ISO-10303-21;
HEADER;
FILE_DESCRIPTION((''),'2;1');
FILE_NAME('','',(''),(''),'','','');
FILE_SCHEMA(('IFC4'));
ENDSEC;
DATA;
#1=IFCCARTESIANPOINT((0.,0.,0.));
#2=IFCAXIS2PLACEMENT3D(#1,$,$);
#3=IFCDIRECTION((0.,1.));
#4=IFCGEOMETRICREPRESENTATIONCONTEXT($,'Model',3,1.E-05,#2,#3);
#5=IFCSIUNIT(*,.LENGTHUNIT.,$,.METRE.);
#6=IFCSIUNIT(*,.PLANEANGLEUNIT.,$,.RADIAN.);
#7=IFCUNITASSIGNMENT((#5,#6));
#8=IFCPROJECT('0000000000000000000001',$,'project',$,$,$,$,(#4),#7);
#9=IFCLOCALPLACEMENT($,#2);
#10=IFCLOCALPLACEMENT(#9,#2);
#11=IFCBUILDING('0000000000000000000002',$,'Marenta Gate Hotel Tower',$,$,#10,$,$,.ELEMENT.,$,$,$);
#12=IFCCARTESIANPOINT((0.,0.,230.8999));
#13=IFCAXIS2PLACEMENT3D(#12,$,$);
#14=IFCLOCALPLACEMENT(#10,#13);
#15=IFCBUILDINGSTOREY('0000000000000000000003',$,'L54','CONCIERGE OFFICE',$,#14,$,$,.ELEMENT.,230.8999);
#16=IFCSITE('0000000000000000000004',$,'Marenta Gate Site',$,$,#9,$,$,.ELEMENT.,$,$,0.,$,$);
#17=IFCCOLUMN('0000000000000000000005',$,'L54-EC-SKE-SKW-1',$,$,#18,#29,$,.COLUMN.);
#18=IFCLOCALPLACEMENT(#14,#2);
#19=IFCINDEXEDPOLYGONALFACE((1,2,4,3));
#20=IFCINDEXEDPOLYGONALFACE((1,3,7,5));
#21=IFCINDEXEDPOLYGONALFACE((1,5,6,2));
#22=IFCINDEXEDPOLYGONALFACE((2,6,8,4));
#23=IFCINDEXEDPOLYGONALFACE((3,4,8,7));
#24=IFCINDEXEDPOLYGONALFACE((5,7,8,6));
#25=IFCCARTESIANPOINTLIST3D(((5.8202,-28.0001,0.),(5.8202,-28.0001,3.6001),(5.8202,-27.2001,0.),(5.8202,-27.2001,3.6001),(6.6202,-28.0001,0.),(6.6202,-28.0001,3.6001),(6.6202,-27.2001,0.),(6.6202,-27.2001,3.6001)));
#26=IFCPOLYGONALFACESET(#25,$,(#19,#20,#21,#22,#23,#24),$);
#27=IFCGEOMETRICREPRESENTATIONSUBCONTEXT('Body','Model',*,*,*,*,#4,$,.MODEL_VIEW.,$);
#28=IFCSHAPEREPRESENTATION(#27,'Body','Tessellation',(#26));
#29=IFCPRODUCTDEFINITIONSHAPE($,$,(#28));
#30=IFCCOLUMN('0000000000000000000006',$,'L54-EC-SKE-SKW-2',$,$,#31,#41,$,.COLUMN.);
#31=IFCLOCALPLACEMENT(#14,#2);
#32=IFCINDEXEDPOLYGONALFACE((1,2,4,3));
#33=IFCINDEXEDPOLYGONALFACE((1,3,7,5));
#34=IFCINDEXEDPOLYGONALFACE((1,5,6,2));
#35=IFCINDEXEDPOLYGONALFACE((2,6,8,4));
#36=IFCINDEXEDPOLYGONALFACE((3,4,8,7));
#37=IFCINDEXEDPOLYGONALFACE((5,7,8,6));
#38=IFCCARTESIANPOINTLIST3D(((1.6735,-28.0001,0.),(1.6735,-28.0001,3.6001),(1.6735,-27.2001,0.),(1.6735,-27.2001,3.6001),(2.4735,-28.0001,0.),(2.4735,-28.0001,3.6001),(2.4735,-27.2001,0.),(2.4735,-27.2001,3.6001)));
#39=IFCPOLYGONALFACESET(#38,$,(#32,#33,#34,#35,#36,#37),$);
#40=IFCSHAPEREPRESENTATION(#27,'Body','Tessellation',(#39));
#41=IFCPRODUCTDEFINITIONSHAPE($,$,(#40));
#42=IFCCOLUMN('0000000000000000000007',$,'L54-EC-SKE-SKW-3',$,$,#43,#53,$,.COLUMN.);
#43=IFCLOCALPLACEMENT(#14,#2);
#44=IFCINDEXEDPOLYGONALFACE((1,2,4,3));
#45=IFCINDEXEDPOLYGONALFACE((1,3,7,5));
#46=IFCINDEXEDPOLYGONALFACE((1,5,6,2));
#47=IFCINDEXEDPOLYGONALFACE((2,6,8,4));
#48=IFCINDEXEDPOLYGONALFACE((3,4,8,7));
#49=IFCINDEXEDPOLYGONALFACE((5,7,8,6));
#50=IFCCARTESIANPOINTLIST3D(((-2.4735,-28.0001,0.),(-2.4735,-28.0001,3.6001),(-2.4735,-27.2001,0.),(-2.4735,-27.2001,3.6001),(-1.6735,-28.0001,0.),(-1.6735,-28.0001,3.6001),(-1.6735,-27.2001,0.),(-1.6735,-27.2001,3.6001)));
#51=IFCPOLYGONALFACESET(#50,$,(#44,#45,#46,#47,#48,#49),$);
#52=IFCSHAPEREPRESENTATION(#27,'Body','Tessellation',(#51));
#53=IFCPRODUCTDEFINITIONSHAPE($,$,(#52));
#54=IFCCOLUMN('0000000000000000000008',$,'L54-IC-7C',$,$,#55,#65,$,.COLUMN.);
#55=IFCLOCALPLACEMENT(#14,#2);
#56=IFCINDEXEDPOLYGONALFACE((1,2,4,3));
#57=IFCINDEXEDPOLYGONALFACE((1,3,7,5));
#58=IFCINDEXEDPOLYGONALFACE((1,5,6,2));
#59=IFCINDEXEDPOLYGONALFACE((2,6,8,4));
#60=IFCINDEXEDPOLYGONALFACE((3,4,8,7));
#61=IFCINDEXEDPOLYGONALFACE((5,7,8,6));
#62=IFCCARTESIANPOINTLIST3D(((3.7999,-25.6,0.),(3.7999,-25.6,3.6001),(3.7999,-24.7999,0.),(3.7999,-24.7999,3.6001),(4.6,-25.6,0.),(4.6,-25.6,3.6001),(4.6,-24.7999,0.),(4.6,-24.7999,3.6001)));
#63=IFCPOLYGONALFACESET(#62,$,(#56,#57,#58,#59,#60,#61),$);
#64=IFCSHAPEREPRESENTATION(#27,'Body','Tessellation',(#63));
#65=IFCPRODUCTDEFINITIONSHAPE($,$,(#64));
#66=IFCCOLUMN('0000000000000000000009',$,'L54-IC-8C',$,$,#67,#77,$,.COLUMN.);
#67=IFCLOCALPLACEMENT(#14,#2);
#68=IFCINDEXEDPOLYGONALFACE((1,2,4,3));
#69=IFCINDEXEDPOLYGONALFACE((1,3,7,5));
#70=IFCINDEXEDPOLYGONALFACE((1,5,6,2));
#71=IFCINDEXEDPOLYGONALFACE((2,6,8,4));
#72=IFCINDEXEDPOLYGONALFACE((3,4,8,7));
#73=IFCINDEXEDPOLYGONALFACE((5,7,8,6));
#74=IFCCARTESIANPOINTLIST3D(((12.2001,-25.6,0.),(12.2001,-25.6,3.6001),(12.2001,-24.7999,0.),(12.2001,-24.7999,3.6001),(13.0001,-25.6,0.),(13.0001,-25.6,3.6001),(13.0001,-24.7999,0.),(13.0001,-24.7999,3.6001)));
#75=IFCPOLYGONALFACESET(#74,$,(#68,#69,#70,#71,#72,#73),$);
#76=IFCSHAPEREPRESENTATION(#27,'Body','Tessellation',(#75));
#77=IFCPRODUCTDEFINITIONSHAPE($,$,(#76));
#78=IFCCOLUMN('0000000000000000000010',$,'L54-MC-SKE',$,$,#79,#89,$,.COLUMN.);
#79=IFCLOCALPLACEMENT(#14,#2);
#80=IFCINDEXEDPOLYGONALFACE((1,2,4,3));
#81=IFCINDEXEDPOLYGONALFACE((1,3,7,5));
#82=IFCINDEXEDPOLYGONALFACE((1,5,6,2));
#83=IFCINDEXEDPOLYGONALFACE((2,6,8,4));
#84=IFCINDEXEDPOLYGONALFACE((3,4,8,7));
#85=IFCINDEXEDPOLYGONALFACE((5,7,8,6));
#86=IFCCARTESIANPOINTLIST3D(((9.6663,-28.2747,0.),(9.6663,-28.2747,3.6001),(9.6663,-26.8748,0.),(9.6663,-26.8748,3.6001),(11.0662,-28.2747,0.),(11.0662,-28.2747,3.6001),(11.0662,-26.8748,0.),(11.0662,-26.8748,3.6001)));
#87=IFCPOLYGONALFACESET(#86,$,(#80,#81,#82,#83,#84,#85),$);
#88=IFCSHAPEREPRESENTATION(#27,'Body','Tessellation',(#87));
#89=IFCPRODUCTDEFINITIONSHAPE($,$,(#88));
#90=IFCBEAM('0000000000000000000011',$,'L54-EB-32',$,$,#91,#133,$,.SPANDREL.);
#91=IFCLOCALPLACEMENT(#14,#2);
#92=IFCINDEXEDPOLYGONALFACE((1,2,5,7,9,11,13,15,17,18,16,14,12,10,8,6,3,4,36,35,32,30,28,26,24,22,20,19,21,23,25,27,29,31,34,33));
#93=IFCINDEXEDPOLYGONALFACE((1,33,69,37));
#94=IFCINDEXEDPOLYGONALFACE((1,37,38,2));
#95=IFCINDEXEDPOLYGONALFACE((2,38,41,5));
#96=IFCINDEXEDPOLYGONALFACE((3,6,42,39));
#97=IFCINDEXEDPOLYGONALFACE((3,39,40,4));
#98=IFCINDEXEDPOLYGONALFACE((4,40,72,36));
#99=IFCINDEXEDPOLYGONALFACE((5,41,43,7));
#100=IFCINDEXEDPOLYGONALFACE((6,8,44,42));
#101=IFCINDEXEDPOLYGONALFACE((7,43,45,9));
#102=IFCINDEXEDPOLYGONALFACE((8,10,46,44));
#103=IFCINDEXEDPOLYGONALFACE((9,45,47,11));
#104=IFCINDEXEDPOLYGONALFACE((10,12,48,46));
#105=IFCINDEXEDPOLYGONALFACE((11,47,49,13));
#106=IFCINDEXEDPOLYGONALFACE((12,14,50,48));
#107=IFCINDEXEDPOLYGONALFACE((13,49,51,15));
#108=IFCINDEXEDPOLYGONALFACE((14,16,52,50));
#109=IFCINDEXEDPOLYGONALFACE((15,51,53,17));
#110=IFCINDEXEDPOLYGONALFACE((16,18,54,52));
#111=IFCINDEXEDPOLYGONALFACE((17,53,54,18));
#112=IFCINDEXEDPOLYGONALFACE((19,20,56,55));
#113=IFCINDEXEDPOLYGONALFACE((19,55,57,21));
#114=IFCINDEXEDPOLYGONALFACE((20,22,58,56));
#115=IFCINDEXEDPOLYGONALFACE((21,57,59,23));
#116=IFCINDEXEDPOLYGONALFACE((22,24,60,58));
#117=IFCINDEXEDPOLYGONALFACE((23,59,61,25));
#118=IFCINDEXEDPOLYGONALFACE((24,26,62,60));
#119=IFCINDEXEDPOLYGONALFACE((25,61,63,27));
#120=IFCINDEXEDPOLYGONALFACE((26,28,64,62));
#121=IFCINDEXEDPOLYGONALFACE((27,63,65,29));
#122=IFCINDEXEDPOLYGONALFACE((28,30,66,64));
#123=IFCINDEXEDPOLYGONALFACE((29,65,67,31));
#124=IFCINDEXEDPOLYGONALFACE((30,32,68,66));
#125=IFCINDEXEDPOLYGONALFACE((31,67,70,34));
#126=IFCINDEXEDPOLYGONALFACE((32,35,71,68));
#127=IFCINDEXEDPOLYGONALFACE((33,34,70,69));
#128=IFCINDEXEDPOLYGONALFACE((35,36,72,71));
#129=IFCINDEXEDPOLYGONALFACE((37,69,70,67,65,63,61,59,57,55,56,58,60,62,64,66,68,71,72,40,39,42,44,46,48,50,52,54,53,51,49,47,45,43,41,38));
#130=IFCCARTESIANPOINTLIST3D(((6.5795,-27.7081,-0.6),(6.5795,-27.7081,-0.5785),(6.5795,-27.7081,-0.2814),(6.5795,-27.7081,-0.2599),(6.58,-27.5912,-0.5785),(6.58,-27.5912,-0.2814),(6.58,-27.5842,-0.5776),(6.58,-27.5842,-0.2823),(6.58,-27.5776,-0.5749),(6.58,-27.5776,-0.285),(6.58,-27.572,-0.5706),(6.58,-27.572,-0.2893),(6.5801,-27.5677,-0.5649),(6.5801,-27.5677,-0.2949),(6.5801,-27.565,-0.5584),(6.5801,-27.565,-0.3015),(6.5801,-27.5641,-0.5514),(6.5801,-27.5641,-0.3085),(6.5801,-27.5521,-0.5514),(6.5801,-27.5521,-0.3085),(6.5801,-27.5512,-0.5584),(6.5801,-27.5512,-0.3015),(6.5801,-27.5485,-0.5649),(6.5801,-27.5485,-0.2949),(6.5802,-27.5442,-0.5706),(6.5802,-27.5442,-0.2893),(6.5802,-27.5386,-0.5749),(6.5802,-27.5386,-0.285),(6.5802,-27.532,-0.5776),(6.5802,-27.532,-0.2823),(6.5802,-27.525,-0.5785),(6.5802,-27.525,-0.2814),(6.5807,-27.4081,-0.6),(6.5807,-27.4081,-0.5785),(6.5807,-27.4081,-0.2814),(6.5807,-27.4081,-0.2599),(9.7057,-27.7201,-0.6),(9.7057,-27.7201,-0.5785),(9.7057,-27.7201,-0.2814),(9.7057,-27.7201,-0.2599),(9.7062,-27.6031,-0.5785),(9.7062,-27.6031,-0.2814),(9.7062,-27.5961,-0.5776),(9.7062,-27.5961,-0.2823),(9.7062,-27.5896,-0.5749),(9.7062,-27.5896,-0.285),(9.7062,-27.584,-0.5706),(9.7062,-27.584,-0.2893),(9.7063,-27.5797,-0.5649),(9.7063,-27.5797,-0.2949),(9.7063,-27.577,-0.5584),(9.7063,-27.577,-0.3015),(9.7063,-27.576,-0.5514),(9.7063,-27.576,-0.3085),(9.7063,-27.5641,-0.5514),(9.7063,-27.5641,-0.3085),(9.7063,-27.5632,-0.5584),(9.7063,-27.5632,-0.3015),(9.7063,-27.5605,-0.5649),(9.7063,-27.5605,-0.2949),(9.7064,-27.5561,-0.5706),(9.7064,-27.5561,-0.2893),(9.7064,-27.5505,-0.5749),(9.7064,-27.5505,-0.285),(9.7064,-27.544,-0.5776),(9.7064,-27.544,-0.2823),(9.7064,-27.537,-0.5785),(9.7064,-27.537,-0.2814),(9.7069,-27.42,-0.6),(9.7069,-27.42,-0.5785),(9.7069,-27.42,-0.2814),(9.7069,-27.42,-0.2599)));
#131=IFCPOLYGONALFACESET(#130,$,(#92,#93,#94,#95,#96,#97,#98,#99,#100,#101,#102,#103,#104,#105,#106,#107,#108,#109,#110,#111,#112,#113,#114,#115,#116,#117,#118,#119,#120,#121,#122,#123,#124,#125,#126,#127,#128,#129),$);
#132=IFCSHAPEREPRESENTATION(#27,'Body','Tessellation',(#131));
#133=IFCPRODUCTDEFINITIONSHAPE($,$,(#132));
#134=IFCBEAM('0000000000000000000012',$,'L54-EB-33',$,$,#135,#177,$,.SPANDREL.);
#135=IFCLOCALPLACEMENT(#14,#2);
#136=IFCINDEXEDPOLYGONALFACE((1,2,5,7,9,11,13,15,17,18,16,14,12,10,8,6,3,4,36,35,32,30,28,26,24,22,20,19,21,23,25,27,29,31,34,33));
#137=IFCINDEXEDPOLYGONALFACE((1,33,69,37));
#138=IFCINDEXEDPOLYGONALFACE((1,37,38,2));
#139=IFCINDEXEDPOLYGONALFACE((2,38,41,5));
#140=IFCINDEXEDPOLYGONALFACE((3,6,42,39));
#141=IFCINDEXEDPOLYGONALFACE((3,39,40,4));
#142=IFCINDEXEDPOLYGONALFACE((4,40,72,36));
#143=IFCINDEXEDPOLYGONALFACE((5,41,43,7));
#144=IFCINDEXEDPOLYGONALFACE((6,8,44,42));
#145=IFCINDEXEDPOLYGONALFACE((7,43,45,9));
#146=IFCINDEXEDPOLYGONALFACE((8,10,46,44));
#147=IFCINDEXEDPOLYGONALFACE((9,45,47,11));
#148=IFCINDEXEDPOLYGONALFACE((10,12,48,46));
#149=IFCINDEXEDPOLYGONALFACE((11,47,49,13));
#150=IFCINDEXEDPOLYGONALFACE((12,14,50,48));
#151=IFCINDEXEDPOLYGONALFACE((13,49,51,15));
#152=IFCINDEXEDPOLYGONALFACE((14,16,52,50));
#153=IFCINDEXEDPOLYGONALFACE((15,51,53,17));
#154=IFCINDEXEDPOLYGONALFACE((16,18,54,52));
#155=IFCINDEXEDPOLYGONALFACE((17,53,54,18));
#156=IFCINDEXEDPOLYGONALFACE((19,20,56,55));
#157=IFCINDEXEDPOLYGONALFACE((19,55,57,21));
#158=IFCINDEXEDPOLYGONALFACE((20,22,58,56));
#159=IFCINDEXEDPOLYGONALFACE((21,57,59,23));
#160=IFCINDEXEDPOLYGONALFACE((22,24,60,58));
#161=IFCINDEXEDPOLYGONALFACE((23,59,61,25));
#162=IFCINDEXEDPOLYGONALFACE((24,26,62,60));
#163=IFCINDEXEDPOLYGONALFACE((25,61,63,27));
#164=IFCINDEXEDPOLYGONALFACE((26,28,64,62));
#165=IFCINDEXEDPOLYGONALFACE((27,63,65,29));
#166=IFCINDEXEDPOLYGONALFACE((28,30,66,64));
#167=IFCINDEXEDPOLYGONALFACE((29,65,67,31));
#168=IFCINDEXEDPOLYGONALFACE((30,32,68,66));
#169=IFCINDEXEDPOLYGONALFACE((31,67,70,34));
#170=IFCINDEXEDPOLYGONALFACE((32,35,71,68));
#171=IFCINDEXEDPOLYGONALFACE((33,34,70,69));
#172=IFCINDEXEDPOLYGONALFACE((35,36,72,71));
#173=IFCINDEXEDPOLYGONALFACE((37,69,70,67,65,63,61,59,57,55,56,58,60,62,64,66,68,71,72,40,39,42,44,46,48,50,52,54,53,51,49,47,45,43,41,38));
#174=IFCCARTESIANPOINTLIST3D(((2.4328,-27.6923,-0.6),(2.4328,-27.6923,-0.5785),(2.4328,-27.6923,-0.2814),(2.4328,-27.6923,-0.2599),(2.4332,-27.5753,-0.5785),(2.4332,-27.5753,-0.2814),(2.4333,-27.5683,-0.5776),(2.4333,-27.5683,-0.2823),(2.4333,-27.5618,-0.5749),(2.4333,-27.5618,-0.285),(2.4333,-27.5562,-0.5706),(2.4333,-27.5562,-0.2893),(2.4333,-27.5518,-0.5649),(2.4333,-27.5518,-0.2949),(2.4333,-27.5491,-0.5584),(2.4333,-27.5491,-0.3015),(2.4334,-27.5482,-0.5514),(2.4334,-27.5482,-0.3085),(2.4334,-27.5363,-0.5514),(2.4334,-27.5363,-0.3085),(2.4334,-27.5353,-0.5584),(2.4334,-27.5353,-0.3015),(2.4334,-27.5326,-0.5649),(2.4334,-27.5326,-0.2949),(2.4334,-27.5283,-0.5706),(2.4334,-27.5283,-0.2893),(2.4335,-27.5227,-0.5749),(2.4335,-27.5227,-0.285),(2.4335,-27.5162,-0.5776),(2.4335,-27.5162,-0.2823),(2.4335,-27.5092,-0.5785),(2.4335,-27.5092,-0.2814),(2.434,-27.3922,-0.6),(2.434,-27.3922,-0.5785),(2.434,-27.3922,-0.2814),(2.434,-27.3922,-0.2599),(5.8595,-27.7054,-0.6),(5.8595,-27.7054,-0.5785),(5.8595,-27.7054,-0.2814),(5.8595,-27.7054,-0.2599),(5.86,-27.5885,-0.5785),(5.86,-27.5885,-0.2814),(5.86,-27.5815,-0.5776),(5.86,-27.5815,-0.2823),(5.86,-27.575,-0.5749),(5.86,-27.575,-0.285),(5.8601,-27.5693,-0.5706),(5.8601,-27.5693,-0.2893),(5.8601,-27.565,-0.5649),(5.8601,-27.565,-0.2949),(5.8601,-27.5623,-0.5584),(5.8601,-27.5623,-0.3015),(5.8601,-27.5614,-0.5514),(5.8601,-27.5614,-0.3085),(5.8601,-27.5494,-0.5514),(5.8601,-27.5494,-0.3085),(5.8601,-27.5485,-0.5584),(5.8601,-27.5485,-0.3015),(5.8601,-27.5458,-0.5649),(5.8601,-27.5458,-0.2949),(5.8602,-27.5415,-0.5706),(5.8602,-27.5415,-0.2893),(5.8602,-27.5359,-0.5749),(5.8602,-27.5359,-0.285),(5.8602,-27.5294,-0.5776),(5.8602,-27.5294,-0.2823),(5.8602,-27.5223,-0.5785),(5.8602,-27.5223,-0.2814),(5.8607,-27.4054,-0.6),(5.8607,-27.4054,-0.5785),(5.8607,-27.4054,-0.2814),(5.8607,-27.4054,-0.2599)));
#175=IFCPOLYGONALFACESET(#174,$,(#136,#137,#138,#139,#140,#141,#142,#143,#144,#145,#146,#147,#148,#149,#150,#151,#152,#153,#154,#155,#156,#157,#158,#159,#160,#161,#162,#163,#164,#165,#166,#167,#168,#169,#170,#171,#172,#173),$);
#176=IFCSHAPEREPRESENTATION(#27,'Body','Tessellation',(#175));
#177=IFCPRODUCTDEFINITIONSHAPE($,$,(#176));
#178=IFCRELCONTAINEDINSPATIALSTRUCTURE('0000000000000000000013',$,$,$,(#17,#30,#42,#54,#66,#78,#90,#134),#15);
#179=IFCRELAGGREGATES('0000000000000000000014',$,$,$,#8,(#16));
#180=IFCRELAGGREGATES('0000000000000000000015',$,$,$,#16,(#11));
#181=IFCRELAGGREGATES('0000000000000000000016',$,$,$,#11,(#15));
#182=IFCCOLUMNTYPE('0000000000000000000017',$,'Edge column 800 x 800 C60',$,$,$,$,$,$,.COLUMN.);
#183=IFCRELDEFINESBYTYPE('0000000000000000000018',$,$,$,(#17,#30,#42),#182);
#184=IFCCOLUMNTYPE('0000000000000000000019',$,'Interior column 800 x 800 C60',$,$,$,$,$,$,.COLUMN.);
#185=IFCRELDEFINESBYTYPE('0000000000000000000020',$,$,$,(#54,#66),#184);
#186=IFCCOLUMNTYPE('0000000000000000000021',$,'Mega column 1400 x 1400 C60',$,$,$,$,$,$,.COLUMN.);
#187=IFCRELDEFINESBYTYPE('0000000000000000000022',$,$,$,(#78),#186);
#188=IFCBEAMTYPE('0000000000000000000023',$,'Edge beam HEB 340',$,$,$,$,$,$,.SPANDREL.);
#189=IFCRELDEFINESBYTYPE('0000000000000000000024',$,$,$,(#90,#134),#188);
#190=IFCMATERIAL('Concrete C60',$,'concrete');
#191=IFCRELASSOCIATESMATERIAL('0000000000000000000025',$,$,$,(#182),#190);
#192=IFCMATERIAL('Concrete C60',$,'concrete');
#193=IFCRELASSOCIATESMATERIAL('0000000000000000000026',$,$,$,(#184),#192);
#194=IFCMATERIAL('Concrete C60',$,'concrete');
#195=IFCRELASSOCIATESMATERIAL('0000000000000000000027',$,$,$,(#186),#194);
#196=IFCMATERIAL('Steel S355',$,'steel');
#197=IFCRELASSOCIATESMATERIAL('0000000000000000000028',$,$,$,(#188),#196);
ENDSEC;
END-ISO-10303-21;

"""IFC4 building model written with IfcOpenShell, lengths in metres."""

from ifc_helpers import new_model, si_unit, direction, frame, origin, origin_2d, place, context, subcontext, project, spatial, rectangle, i_section, extrude, material, material_profile, profile_set, type_object, element, save


model = new_model("IFC4")

# Units and contexts
model_context = context("Model", 3, precision=1e-05, world=origin(), true_north=direction((0.0, 1.0)))
body_context = subcontext(model_context, "Body", "Model", "MODEL_VIEW")
ifc_project = project(units=[si_unit("LENGTHUNIT", "METRE"), si_unit("PLANEANGLEUNIT", "RADIAN")], contexts=[model_context])

# Site, building, storey
site_placement = place(None, origin())
site = spatial("IfcSite", under=ifc_project, at=site_placement, Name="Marenta Gate Site", CompositionType="ELEMENT", RefElevation=0.0)
building_placement = place(site_placement, origin())
building = spatial("IfcBuilding", under=site, at=building_placement, Name="Marenta Gate Hotel Tower", CompositionType="ELEMENT")
storey_placement = place(building_placement, frame((0.0, 0.0, 230.8999)))
storey = spatial("IfcBuildingStorey", under=building, at=storey_placement, Name="L54", Description="CONCIERGE OFFICE", CompositionType="ELEMENT", Elevation=230.8999)

# Columns
ifc_material_1 = material(Name="Concrete C60", Category="concrete")
ifc_material_profile_1 = material_profile(ifc_material_1, rectangle(XDim=0.8, YDim=0.8, at=origin_2d()), Name="800 x 800")
ifc_profile_set_1 = profile_set([ifc_material_profile_1], Name="Concrete C60")
column_type_1 = type_object("IfcColumnType", Name="Edge column 800 x 800 C60", PredefinedType="COLUMN", material=ifc_profile_set_1)
for number, where, z_axis, x_axis, name in (
    (1, (6.2202, -27.6001, 0.0), (0.0, 0.0, 1.0), (1.0, 0.0, 0.0), "L54-EC-SKE-SKW-1"),
    (2, (2.0735, -27.6001, 0.0), (0.0, 0.0, 1.0), (1.0, 0.0, 0.0), "L54-EC-SKE-SKW-2"),
    (3, (-2.0735, -27.6001, 0.0), (0.0, 0.0, 1.0), (1.0, 0.0, 0.0), "L54-EC-SKE-SKW-3"),
):
    element("IfcColumn", number, at=place(storey_placement, frame(where, z_axis=z_axis, x_axis=x_axis)), inside=storey, type_object=column_type_1, Name=name, PredefinedType="COLUMN", context=body_context, shape_type="SweptSolid", body=[
        extrude(rectangle(XDim=0.8, YDim=0.8, at=origin_2d()), origin(), (0.0, 0.0, 1.0), 3.6001),
    ])
ifc_material_2 = material(Name="Concrete C60", Category="concrete")
ifc_material_profile_2 = material_profile(ifc_material_2, rectangle(XDim=0.8, YDim=0.8, at=origin_2d()), Name="800 x 800")
ifc_profile_set_2 = profile_set([ifc_material_profile_2], Name="Concrete C60")
column_type_2 = type_object("IfcColumnType", Name="Interior column 800 x 800 C60", PredefinedType="COLUMN", material=ifc_profile_set_2)
for number, where, z_axis, x_axis, name in (
    (4, (4.2, -25.2, 0.0), (0.0, 0.0, 1.0), (1.0, 0.0, 0.0), "L54-IC-7C"),
    (5, (12.6001, -25.2, 0.0), (0.0, 0.0, 1.0), (1.0, 0.0, 0.0), "L54-IC-8C"),
):
    element("IfcColumn", number, at=place(storey_placement, frame(where, z_axis=z_axis, x_axis=x_axis)), inside=storey, type_object=column_type_2, Name=name, PredefinedType="COLUMN", context=body_context, shape_type="SweptSolid", body=[
        extrude(rectangle(XDim=0.8, YDim=0.8, at=origin_2d()), origin(), (0.0, 0.0, 1.0), 3.6001),
    ])
ifc_material_3 = material(Name="Concrete C60", Category="concrete")
ifc_material_profile_3 = material_profile(ifc_material_3, rectangle(XDim=1.3999, YDim=1.3999, at=origin_2d()), Name="1400 x 1400")
ifc_profile_set_3 = profile_set([ifc_material_profile_3], Name="Concrete C60")
column_type_3 = type_object("IfcColumnType", Name="Mega column 1400 x 1400 C60", PredefinedType="COLUMN", material=ifc_profile_set_3)
column_placement = place(storey_placement, frame((10.3662, -27.5747, 0.0), z_axis=(0.0, 0.0, 1.0), x_axis=(1.0, 0.0, 0.0)))
element("IfcColumn", 6, at=column_placement, inside=storey, type_object=column_type_3, Name="L54-MC-SKE", PredefinedType="COLUMN", context=body_context, shape_type="SweptSolid", body=[
    extrude(rectangle(XDim=1.3999, YDim=1.3999, at=origin_2d()), origin(), (0.0, 0.0, 1.0), 3.6001),
])

# Beams
ifc_material_4 = material(Name="Steel S355", Category="steel")
ifc_material_profile_4 = material_profile(ifc_material_4, i_section(OverallWidth=0.3, OverallDepth=0.3401, WebThickness=0.012, FlangeThickness=0.0215, FilletRadius=0.0271, at=origin_2d()), Name="HEB 340")
ifc_profile_set_4 = profile_set([ifc_material_profile_4], Name="Steel S355")
beam_type_1 = type_object("IfcBeamType", Name="Edge beam HEB 340", PredefinedType="SPANDREL", material=ifc_profile_set_4)
beam_1_placement = place(storey_placement, frame((9.7063, -27.5701, -0.4299), z_axis=(-0.999993, 0.003827, 0.0), x_axis=(-0.003827, -0.999993, 0.0)))
element("IfcBeam", 7, at=beam_1_placement, inside=storey, type_object=beam_type_1, Name="L54-EB-32", PredefinedType="SPANDREL", context=body_context, shape_type="SweptSolid", body=[
    extrude(i_section(OverallWidth=0.3, OverallDepth=0.3401, WebThickness=0.012, FlangeThickness=0.0215, FilletRadius=0.0271, at=origin_2d()), origin(), (0.0, 0.0, 1.0), 3.1262),
])
for number, where, z_axis, x_axis, name in (
    (8, (5.8601, -27.5554, -0.4299), (-0.999993, 0.003847, 0.0), (-0.003847, -0.999993, 0.0), "L54-EB-33"),
):
    element("IfcBeam", number, at=place(storey_placement, frame(where, z_axis=z_axis, x_axis=x_axis)), inside=storey, type_object=beam_type_1, Name=name, PredefinedType="SPANDREL", context=body_context, shape_type="SweptSolid", body=[
        extrude(i_section(OverallWidth=0.3, OverallDepth=0.3401, WebThickness=0.012, FlangeThickness=0.0215, FilletRadius=0.0271, at=origin_2d()), origin(), (0.0, 0.0, 1.0), 3.4268),
    ])

save(model, "model.ifc")
